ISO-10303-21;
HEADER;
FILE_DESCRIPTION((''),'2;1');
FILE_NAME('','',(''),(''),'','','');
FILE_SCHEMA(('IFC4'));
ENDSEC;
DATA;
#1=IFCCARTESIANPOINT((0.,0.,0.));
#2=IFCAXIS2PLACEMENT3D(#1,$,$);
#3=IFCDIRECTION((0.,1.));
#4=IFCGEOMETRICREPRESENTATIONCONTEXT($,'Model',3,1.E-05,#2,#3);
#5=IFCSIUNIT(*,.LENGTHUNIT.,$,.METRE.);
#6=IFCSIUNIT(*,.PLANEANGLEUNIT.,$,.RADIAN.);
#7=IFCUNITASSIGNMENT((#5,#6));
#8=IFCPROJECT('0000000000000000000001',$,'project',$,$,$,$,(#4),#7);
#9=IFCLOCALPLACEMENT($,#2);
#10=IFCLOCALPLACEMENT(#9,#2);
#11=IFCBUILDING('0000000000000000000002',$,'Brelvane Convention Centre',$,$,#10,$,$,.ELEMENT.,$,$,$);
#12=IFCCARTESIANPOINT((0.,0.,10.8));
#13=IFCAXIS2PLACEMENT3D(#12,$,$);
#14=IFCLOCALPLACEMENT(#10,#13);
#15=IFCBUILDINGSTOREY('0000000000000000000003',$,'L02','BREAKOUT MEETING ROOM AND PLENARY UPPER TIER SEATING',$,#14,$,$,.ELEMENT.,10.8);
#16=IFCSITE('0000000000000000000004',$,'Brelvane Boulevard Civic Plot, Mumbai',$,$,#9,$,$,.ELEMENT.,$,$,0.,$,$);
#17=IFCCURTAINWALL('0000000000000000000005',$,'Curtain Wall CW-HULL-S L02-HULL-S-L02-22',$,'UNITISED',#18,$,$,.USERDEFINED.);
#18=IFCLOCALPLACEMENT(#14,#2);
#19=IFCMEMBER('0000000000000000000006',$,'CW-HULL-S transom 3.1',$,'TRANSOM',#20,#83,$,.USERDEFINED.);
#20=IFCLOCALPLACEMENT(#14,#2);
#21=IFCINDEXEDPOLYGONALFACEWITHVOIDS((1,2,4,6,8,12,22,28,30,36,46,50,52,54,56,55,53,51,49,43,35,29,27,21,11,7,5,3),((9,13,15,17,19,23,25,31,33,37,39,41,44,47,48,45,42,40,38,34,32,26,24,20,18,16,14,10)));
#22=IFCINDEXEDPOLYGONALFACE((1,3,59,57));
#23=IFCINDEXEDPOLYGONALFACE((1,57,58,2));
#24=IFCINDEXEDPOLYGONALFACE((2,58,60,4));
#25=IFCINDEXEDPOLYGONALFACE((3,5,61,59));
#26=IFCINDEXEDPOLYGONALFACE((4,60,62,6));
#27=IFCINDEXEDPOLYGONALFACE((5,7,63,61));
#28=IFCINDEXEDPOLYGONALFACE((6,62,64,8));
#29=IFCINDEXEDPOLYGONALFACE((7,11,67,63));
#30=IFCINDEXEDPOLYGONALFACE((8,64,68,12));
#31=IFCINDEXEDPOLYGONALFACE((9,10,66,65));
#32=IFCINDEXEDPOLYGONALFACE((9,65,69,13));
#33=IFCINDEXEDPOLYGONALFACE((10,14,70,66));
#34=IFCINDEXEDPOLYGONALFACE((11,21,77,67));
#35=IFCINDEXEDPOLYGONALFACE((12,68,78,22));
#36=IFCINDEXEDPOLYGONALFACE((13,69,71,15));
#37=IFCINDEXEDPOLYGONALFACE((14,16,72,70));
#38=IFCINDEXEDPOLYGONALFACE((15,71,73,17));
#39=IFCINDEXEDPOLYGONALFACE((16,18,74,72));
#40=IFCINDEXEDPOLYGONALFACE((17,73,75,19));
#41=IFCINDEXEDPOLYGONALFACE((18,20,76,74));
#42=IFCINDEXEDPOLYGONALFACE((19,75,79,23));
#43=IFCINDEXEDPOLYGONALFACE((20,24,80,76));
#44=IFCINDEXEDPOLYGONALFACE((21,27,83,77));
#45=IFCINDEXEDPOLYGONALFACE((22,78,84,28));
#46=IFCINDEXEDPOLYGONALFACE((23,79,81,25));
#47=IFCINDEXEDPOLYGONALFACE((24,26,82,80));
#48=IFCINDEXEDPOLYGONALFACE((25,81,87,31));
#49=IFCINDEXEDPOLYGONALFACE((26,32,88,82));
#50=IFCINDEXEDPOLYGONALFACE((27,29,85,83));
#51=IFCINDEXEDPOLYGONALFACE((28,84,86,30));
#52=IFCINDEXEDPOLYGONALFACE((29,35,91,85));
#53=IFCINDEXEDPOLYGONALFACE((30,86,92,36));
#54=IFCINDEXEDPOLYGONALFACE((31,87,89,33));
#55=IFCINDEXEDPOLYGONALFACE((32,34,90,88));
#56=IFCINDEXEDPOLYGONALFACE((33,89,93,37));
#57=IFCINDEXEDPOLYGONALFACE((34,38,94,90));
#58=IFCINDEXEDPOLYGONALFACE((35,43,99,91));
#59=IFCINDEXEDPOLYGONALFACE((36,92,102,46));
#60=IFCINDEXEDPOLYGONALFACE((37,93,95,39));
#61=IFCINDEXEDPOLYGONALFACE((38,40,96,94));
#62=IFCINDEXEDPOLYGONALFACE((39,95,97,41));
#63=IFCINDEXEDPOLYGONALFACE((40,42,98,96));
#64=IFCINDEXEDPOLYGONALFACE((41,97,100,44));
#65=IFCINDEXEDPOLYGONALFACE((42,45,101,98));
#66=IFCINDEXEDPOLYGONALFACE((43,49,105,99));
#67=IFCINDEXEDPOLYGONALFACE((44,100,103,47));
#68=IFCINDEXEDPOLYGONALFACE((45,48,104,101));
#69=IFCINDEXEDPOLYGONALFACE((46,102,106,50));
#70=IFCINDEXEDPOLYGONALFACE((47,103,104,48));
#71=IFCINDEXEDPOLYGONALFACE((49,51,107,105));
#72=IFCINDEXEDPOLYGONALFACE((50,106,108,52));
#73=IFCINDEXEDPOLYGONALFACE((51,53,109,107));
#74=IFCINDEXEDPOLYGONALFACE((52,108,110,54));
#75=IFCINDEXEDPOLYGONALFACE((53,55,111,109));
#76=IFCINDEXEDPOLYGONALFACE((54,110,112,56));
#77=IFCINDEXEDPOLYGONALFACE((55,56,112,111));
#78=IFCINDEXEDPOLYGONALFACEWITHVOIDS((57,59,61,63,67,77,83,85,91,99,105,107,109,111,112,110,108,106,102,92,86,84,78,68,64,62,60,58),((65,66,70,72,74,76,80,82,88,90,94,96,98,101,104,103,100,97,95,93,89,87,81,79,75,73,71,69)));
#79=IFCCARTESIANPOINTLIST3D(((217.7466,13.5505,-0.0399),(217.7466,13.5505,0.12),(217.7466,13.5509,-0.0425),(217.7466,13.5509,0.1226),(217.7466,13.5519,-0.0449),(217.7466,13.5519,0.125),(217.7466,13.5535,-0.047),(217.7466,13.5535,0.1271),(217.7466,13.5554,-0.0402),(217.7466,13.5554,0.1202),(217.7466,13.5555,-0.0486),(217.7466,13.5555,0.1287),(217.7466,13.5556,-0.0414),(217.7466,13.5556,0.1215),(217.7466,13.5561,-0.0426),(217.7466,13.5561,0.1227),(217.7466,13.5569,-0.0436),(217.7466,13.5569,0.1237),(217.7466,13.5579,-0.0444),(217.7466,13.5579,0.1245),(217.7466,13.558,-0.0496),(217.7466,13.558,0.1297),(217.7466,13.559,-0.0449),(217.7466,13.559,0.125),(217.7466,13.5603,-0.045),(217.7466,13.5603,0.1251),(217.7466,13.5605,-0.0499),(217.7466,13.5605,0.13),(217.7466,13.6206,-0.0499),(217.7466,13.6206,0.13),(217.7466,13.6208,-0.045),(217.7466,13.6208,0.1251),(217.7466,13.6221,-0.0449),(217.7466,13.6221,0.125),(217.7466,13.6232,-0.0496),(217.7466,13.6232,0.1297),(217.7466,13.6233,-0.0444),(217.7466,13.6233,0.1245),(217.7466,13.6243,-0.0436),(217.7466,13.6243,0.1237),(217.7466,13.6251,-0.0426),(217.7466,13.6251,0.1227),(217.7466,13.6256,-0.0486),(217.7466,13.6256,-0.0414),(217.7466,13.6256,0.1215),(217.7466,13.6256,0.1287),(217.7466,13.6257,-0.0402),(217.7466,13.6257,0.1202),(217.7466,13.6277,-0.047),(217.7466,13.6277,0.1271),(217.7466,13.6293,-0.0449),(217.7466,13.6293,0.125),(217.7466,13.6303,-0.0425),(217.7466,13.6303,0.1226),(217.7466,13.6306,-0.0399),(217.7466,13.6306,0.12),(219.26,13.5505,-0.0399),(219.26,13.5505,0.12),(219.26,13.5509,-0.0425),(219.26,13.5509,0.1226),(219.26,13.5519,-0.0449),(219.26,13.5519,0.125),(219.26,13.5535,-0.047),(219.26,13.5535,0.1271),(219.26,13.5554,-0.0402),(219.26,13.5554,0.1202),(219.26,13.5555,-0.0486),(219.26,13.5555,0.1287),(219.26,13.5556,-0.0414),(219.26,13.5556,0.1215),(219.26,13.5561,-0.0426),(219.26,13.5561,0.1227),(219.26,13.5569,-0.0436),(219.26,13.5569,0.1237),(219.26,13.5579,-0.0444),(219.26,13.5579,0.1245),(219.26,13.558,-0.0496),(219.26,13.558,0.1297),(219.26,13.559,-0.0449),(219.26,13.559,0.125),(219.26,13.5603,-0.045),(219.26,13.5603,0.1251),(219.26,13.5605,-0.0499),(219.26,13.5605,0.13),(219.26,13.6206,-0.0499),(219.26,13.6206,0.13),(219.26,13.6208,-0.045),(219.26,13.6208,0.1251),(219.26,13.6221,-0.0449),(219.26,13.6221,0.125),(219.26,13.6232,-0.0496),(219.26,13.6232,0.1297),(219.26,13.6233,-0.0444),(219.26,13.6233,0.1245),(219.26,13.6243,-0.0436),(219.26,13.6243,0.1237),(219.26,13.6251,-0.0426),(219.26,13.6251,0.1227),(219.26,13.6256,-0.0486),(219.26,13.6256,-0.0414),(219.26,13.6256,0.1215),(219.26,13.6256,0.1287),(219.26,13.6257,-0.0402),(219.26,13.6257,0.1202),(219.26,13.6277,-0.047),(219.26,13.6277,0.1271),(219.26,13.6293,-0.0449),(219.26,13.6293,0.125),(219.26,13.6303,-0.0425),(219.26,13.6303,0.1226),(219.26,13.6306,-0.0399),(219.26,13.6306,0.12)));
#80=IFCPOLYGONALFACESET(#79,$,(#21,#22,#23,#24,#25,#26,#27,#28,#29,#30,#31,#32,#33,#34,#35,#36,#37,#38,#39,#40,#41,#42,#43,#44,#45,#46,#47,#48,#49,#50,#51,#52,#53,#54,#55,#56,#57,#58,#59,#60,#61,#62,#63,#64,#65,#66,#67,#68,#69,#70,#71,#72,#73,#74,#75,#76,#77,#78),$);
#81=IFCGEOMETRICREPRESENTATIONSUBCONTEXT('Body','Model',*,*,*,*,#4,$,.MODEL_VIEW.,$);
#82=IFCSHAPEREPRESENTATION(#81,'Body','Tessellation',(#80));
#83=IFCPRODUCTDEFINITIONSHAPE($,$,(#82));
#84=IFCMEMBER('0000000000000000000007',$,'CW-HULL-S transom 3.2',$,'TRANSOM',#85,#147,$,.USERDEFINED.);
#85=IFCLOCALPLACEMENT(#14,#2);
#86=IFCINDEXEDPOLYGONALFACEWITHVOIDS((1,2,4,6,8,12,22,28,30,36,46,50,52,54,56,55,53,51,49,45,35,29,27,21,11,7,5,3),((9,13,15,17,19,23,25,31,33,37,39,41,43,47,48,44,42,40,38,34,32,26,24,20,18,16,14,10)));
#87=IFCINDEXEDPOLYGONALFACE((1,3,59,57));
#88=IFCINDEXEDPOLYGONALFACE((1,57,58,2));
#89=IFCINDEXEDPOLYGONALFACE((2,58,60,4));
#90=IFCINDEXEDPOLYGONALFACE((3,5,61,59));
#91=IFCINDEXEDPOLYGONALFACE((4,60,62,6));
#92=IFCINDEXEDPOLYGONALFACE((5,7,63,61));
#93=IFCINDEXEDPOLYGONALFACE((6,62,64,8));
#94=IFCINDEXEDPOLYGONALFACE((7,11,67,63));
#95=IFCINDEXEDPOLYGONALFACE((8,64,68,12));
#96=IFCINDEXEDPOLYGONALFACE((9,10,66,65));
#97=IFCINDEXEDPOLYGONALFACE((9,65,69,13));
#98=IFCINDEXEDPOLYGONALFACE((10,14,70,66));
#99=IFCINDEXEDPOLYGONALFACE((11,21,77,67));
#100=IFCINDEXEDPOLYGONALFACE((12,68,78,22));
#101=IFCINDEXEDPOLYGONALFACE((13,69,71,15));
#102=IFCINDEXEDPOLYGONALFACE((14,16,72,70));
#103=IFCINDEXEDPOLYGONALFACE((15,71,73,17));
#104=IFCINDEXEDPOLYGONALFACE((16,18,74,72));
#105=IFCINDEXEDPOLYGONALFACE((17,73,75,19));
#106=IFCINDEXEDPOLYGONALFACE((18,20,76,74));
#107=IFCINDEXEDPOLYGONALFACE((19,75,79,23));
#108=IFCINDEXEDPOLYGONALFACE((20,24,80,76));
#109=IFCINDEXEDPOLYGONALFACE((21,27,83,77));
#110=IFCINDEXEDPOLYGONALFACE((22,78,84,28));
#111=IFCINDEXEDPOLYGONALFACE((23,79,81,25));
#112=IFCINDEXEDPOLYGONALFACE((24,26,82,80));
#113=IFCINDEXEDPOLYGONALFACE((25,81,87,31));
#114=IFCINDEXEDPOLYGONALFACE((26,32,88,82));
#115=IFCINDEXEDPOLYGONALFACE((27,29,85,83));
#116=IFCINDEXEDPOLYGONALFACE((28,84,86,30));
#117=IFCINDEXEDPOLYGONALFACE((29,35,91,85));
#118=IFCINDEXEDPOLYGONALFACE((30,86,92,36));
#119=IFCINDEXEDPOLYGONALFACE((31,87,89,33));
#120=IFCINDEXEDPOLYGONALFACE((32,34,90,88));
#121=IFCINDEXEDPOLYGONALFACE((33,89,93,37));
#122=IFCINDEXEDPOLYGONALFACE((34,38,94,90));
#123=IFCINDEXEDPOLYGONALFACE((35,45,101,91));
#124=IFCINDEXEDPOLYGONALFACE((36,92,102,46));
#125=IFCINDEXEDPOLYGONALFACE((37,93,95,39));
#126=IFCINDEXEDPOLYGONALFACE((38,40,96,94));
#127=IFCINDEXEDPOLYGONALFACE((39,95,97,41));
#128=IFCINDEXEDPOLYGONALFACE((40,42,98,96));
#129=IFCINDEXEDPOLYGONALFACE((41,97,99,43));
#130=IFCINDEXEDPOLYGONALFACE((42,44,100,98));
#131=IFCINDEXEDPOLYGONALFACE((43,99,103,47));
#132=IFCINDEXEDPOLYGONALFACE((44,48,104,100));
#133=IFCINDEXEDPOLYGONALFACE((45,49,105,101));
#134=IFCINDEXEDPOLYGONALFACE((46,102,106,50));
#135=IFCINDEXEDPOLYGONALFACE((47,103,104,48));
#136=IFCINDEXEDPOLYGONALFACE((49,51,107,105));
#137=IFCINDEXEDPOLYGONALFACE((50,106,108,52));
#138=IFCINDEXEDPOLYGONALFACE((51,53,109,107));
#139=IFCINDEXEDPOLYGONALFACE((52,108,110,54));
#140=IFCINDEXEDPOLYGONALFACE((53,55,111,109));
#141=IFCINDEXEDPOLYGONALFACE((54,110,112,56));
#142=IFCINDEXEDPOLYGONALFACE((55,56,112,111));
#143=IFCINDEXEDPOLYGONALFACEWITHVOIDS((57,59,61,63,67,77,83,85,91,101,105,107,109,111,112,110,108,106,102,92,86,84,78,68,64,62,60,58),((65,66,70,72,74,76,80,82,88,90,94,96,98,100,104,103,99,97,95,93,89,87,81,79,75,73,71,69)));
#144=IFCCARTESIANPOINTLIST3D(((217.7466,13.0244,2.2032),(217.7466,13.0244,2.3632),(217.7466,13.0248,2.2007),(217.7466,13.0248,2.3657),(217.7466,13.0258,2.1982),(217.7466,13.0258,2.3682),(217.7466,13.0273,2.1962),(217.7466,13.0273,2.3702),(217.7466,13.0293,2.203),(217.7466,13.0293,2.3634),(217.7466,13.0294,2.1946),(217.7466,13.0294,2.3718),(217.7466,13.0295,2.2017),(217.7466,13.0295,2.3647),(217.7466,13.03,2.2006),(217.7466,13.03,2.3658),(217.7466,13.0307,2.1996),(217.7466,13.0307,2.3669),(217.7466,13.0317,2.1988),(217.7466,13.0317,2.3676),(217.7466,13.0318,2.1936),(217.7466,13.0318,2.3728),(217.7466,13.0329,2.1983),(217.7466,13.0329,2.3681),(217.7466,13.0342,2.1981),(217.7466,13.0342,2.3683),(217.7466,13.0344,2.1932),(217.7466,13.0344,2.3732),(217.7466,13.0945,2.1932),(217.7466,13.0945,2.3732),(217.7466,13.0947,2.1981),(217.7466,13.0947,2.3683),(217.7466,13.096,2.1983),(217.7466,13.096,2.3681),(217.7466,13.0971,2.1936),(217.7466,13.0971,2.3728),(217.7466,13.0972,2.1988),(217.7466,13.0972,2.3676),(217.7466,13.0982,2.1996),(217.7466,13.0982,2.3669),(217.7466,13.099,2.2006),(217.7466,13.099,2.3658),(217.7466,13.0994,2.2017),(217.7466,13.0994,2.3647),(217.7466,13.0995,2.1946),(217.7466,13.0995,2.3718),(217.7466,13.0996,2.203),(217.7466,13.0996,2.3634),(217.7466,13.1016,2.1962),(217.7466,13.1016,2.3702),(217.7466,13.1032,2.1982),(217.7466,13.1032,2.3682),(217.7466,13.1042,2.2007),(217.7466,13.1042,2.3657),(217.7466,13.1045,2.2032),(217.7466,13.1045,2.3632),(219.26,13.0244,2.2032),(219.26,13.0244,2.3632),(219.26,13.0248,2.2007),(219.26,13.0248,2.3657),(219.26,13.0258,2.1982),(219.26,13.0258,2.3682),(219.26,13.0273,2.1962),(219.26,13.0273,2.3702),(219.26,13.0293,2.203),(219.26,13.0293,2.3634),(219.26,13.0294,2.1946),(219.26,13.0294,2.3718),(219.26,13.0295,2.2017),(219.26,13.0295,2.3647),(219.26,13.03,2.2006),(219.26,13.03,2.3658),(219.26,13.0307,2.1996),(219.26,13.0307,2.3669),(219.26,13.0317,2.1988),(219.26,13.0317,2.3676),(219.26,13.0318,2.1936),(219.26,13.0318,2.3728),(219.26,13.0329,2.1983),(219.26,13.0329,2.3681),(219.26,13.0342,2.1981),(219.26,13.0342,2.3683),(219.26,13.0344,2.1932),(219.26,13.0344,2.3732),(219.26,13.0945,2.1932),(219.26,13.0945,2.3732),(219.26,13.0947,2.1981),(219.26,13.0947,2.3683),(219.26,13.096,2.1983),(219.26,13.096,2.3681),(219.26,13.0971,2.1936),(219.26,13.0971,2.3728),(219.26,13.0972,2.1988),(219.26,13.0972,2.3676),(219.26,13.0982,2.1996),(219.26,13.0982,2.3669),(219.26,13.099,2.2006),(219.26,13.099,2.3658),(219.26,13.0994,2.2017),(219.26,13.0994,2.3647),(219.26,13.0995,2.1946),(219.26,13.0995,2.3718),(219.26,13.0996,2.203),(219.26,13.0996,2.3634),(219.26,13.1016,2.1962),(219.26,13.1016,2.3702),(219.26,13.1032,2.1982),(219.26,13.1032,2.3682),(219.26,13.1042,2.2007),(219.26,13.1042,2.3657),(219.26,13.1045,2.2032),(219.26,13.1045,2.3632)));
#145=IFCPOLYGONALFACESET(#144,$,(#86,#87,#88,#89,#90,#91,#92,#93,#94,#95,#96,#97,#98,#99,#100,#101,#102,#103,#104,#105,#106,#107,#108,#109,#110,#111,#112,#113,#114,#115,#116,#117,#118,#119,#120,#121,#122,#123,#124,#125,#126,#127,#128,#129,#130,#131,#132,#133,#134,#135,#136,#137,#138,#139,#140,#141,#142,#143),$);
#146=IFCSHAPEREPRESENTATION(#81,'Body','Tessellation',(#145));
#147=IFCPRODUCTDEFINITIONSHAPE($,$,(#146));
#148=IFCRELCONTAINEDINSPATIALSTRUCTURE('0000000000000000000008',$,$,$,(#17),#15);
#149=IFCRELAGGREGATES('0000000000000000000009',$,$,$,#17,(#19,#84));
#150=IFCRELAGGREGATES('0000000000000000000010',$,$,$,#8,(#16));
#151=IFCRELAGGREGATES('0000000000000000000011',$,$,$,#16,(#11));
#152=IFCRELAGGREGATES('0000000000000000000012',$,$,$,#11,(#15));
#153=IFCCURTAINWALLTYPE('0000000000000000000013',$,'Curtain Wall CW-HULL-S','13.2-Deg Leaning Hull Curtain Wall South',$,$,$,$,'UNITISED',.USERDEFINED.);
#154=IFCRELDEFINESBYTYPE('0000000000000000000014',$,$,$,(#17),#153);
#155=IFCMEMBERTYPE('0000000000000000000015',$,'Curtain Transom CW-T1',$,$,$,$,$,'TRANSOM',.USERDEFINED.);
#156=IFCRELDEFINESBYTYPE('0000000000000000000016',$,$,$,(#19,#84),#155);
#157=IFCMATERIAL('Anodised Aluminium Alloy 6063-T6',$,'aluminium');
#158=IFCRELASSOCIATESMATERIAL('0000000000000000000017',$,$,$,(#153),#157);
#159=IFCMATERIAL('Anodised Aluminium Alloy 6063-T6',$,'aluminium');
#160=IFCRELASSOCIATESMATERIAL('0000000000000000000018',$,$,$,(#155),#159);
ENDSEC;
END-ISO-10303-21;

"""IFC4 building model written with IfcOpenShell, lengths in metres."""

from ifc_helpers import new_model, si_unit, direction, frame, origin, origin_2d, place, context, subcontext, project, spatial, hollow_rectangle, extrude, material, material_profile, profile_set, type_object, element, aggregate, save


model = new_model("IFC4")

# Units and contexts
model_context = context("Model", 3, precision=1e-05, world=origin(), true_north=direction((0.0, 1.0)))
body_context = subcontext(model_context, "Body", "Model", "MODEL_VIEW")
ifc_project = project(units=[si_unit("LENGTHUNIT", "METRE"), si_unit("PLANEANGLEUNIT", "RADIAN")], contexts=[model_context])

# Site, building, storey
site_placement = place(None, origin())
site = spatial("IfcSite", under=ifc_project, at=site_placement, Name="Brelvane Boulevard Civic Plot, Mumbai", CompositionType="ELEMENT", RefElevation=0.0)
building_placement = place(site_placement, origin())
building = spatial("IfcBuilding", under=site, at=building_placement, Name="Brelvane Convention Centre", CompositionType="ELEMENT")
storey_placement = place(building_placement, frame((0.0, 0.0, 10.8)))
storey = spatial("IfcBuildingStorey", under=building, at=storey_placement, Name="L02", Description="BREAKOUT MEETING ROOM AND PLENARY UPPER TIER SEATING", CompositionType="ELEMENT", Elevation=10.8)

# Curtain wall, members
ifc_material_1 = material(Name="Anodised Aluminium Alloy 6063-T6", Category="aluminium")
curtain_wall_type = type_object("IfcCurtainWallType", Name="Curtain Wall CW-HULL-S", Description="13.2-Deg Leaning Hull Curtain Wall South", ElementType="UNITISED", PredefinedType="USERDEFINED", material=ifc_material_1)
curtain_wall_placement = place(storey_placement, origin())
curtain_wall = element("IfcCurtainWall", 1, at=curtain_wall_placement, inside=storey, type_object=curtain_wall_type, Name="Curtain Wall CW-HULL-S L02-HULL-S-L02-22", ObjectType="UNITISED", PredefinedType="USERDEFINED")
ifc_material_2 = material(Name="Anodised Aluminium Alloy 6063-T6", Category="aluminium")
ifc_material_profile_1 = material_profile(ifc_material_2, hollow_rectangle(XDim=0.0801, YDim=0.1799, WallThickness=0.0049, InnerFilletRadius=0.0049, OuterFilletRadius=0.01, at=origin_2d()), Name="ALU-T 180x80x5.0")
ifc_profile_set_1 = profile_set([ifc_material_profile_1], Name="Anodised Aluminium Alloy 6063-T6")
member_type_1 = type_object("IfcMemberType", Name="Curtain Transom CW-T1", ElementType="TRANSOM", PredefinedType="USERDEFINED", material=ifc_profile_set_1)
member_1_placement = place(storey_placement, frame((217.7466, 13.5906, 0.04), z_axis=(1.0, 0.0, 0.0), x_axis=(0.0, 1.0, 0.0)))
member_1 = element("IfcMember", 2, at=member_1_placement, type_object=member_type_1, Name="CW-HULL-S transom 3.1", ObjectType="TRANSOM", PredefinedType="USERDEFINED", context=body_context, shape_type="SweptSolid", body=[
    extrude(hollow_rectangle(XDim=0.0801, YDim=0.1799, WallThickness=0.0049, InnerFilletRadius=0.0049, OuterFilletRadius=0.01, at=origin_2d()), origin(), (0.0, 0.0, 1.0), 1.5134),
])
member_2_placement = place(storey_placement, frame((217.7466, 13.0645, 2.2832), z_axis=(1.0, 0.0, 0.0), x_axis=(0.0, 1.0, 0.0)))
member_2 = element("IfcMember", 3, at=member_2_placement, type_object=member_type_1, Name="CW-HULL-S transom 3.2", ObjectType="TRANSOM", PredefinedType="USERDEFINED", context=body_context, shape_type="SweptSolid", body=[
    extrude(hollow_rectangle(XDim=0.0801, YDim=0.1799, WallThickness=0.0049, InnerFilletRadius=0.0049, OuterFilletRadius=0.01, at=origin_2d()), origin(), (0.0, 0.0, 1.0), 1.5134),
])

aggregate(curtain_wall, [member_1, member_2])

save(model, "model.ifc")
